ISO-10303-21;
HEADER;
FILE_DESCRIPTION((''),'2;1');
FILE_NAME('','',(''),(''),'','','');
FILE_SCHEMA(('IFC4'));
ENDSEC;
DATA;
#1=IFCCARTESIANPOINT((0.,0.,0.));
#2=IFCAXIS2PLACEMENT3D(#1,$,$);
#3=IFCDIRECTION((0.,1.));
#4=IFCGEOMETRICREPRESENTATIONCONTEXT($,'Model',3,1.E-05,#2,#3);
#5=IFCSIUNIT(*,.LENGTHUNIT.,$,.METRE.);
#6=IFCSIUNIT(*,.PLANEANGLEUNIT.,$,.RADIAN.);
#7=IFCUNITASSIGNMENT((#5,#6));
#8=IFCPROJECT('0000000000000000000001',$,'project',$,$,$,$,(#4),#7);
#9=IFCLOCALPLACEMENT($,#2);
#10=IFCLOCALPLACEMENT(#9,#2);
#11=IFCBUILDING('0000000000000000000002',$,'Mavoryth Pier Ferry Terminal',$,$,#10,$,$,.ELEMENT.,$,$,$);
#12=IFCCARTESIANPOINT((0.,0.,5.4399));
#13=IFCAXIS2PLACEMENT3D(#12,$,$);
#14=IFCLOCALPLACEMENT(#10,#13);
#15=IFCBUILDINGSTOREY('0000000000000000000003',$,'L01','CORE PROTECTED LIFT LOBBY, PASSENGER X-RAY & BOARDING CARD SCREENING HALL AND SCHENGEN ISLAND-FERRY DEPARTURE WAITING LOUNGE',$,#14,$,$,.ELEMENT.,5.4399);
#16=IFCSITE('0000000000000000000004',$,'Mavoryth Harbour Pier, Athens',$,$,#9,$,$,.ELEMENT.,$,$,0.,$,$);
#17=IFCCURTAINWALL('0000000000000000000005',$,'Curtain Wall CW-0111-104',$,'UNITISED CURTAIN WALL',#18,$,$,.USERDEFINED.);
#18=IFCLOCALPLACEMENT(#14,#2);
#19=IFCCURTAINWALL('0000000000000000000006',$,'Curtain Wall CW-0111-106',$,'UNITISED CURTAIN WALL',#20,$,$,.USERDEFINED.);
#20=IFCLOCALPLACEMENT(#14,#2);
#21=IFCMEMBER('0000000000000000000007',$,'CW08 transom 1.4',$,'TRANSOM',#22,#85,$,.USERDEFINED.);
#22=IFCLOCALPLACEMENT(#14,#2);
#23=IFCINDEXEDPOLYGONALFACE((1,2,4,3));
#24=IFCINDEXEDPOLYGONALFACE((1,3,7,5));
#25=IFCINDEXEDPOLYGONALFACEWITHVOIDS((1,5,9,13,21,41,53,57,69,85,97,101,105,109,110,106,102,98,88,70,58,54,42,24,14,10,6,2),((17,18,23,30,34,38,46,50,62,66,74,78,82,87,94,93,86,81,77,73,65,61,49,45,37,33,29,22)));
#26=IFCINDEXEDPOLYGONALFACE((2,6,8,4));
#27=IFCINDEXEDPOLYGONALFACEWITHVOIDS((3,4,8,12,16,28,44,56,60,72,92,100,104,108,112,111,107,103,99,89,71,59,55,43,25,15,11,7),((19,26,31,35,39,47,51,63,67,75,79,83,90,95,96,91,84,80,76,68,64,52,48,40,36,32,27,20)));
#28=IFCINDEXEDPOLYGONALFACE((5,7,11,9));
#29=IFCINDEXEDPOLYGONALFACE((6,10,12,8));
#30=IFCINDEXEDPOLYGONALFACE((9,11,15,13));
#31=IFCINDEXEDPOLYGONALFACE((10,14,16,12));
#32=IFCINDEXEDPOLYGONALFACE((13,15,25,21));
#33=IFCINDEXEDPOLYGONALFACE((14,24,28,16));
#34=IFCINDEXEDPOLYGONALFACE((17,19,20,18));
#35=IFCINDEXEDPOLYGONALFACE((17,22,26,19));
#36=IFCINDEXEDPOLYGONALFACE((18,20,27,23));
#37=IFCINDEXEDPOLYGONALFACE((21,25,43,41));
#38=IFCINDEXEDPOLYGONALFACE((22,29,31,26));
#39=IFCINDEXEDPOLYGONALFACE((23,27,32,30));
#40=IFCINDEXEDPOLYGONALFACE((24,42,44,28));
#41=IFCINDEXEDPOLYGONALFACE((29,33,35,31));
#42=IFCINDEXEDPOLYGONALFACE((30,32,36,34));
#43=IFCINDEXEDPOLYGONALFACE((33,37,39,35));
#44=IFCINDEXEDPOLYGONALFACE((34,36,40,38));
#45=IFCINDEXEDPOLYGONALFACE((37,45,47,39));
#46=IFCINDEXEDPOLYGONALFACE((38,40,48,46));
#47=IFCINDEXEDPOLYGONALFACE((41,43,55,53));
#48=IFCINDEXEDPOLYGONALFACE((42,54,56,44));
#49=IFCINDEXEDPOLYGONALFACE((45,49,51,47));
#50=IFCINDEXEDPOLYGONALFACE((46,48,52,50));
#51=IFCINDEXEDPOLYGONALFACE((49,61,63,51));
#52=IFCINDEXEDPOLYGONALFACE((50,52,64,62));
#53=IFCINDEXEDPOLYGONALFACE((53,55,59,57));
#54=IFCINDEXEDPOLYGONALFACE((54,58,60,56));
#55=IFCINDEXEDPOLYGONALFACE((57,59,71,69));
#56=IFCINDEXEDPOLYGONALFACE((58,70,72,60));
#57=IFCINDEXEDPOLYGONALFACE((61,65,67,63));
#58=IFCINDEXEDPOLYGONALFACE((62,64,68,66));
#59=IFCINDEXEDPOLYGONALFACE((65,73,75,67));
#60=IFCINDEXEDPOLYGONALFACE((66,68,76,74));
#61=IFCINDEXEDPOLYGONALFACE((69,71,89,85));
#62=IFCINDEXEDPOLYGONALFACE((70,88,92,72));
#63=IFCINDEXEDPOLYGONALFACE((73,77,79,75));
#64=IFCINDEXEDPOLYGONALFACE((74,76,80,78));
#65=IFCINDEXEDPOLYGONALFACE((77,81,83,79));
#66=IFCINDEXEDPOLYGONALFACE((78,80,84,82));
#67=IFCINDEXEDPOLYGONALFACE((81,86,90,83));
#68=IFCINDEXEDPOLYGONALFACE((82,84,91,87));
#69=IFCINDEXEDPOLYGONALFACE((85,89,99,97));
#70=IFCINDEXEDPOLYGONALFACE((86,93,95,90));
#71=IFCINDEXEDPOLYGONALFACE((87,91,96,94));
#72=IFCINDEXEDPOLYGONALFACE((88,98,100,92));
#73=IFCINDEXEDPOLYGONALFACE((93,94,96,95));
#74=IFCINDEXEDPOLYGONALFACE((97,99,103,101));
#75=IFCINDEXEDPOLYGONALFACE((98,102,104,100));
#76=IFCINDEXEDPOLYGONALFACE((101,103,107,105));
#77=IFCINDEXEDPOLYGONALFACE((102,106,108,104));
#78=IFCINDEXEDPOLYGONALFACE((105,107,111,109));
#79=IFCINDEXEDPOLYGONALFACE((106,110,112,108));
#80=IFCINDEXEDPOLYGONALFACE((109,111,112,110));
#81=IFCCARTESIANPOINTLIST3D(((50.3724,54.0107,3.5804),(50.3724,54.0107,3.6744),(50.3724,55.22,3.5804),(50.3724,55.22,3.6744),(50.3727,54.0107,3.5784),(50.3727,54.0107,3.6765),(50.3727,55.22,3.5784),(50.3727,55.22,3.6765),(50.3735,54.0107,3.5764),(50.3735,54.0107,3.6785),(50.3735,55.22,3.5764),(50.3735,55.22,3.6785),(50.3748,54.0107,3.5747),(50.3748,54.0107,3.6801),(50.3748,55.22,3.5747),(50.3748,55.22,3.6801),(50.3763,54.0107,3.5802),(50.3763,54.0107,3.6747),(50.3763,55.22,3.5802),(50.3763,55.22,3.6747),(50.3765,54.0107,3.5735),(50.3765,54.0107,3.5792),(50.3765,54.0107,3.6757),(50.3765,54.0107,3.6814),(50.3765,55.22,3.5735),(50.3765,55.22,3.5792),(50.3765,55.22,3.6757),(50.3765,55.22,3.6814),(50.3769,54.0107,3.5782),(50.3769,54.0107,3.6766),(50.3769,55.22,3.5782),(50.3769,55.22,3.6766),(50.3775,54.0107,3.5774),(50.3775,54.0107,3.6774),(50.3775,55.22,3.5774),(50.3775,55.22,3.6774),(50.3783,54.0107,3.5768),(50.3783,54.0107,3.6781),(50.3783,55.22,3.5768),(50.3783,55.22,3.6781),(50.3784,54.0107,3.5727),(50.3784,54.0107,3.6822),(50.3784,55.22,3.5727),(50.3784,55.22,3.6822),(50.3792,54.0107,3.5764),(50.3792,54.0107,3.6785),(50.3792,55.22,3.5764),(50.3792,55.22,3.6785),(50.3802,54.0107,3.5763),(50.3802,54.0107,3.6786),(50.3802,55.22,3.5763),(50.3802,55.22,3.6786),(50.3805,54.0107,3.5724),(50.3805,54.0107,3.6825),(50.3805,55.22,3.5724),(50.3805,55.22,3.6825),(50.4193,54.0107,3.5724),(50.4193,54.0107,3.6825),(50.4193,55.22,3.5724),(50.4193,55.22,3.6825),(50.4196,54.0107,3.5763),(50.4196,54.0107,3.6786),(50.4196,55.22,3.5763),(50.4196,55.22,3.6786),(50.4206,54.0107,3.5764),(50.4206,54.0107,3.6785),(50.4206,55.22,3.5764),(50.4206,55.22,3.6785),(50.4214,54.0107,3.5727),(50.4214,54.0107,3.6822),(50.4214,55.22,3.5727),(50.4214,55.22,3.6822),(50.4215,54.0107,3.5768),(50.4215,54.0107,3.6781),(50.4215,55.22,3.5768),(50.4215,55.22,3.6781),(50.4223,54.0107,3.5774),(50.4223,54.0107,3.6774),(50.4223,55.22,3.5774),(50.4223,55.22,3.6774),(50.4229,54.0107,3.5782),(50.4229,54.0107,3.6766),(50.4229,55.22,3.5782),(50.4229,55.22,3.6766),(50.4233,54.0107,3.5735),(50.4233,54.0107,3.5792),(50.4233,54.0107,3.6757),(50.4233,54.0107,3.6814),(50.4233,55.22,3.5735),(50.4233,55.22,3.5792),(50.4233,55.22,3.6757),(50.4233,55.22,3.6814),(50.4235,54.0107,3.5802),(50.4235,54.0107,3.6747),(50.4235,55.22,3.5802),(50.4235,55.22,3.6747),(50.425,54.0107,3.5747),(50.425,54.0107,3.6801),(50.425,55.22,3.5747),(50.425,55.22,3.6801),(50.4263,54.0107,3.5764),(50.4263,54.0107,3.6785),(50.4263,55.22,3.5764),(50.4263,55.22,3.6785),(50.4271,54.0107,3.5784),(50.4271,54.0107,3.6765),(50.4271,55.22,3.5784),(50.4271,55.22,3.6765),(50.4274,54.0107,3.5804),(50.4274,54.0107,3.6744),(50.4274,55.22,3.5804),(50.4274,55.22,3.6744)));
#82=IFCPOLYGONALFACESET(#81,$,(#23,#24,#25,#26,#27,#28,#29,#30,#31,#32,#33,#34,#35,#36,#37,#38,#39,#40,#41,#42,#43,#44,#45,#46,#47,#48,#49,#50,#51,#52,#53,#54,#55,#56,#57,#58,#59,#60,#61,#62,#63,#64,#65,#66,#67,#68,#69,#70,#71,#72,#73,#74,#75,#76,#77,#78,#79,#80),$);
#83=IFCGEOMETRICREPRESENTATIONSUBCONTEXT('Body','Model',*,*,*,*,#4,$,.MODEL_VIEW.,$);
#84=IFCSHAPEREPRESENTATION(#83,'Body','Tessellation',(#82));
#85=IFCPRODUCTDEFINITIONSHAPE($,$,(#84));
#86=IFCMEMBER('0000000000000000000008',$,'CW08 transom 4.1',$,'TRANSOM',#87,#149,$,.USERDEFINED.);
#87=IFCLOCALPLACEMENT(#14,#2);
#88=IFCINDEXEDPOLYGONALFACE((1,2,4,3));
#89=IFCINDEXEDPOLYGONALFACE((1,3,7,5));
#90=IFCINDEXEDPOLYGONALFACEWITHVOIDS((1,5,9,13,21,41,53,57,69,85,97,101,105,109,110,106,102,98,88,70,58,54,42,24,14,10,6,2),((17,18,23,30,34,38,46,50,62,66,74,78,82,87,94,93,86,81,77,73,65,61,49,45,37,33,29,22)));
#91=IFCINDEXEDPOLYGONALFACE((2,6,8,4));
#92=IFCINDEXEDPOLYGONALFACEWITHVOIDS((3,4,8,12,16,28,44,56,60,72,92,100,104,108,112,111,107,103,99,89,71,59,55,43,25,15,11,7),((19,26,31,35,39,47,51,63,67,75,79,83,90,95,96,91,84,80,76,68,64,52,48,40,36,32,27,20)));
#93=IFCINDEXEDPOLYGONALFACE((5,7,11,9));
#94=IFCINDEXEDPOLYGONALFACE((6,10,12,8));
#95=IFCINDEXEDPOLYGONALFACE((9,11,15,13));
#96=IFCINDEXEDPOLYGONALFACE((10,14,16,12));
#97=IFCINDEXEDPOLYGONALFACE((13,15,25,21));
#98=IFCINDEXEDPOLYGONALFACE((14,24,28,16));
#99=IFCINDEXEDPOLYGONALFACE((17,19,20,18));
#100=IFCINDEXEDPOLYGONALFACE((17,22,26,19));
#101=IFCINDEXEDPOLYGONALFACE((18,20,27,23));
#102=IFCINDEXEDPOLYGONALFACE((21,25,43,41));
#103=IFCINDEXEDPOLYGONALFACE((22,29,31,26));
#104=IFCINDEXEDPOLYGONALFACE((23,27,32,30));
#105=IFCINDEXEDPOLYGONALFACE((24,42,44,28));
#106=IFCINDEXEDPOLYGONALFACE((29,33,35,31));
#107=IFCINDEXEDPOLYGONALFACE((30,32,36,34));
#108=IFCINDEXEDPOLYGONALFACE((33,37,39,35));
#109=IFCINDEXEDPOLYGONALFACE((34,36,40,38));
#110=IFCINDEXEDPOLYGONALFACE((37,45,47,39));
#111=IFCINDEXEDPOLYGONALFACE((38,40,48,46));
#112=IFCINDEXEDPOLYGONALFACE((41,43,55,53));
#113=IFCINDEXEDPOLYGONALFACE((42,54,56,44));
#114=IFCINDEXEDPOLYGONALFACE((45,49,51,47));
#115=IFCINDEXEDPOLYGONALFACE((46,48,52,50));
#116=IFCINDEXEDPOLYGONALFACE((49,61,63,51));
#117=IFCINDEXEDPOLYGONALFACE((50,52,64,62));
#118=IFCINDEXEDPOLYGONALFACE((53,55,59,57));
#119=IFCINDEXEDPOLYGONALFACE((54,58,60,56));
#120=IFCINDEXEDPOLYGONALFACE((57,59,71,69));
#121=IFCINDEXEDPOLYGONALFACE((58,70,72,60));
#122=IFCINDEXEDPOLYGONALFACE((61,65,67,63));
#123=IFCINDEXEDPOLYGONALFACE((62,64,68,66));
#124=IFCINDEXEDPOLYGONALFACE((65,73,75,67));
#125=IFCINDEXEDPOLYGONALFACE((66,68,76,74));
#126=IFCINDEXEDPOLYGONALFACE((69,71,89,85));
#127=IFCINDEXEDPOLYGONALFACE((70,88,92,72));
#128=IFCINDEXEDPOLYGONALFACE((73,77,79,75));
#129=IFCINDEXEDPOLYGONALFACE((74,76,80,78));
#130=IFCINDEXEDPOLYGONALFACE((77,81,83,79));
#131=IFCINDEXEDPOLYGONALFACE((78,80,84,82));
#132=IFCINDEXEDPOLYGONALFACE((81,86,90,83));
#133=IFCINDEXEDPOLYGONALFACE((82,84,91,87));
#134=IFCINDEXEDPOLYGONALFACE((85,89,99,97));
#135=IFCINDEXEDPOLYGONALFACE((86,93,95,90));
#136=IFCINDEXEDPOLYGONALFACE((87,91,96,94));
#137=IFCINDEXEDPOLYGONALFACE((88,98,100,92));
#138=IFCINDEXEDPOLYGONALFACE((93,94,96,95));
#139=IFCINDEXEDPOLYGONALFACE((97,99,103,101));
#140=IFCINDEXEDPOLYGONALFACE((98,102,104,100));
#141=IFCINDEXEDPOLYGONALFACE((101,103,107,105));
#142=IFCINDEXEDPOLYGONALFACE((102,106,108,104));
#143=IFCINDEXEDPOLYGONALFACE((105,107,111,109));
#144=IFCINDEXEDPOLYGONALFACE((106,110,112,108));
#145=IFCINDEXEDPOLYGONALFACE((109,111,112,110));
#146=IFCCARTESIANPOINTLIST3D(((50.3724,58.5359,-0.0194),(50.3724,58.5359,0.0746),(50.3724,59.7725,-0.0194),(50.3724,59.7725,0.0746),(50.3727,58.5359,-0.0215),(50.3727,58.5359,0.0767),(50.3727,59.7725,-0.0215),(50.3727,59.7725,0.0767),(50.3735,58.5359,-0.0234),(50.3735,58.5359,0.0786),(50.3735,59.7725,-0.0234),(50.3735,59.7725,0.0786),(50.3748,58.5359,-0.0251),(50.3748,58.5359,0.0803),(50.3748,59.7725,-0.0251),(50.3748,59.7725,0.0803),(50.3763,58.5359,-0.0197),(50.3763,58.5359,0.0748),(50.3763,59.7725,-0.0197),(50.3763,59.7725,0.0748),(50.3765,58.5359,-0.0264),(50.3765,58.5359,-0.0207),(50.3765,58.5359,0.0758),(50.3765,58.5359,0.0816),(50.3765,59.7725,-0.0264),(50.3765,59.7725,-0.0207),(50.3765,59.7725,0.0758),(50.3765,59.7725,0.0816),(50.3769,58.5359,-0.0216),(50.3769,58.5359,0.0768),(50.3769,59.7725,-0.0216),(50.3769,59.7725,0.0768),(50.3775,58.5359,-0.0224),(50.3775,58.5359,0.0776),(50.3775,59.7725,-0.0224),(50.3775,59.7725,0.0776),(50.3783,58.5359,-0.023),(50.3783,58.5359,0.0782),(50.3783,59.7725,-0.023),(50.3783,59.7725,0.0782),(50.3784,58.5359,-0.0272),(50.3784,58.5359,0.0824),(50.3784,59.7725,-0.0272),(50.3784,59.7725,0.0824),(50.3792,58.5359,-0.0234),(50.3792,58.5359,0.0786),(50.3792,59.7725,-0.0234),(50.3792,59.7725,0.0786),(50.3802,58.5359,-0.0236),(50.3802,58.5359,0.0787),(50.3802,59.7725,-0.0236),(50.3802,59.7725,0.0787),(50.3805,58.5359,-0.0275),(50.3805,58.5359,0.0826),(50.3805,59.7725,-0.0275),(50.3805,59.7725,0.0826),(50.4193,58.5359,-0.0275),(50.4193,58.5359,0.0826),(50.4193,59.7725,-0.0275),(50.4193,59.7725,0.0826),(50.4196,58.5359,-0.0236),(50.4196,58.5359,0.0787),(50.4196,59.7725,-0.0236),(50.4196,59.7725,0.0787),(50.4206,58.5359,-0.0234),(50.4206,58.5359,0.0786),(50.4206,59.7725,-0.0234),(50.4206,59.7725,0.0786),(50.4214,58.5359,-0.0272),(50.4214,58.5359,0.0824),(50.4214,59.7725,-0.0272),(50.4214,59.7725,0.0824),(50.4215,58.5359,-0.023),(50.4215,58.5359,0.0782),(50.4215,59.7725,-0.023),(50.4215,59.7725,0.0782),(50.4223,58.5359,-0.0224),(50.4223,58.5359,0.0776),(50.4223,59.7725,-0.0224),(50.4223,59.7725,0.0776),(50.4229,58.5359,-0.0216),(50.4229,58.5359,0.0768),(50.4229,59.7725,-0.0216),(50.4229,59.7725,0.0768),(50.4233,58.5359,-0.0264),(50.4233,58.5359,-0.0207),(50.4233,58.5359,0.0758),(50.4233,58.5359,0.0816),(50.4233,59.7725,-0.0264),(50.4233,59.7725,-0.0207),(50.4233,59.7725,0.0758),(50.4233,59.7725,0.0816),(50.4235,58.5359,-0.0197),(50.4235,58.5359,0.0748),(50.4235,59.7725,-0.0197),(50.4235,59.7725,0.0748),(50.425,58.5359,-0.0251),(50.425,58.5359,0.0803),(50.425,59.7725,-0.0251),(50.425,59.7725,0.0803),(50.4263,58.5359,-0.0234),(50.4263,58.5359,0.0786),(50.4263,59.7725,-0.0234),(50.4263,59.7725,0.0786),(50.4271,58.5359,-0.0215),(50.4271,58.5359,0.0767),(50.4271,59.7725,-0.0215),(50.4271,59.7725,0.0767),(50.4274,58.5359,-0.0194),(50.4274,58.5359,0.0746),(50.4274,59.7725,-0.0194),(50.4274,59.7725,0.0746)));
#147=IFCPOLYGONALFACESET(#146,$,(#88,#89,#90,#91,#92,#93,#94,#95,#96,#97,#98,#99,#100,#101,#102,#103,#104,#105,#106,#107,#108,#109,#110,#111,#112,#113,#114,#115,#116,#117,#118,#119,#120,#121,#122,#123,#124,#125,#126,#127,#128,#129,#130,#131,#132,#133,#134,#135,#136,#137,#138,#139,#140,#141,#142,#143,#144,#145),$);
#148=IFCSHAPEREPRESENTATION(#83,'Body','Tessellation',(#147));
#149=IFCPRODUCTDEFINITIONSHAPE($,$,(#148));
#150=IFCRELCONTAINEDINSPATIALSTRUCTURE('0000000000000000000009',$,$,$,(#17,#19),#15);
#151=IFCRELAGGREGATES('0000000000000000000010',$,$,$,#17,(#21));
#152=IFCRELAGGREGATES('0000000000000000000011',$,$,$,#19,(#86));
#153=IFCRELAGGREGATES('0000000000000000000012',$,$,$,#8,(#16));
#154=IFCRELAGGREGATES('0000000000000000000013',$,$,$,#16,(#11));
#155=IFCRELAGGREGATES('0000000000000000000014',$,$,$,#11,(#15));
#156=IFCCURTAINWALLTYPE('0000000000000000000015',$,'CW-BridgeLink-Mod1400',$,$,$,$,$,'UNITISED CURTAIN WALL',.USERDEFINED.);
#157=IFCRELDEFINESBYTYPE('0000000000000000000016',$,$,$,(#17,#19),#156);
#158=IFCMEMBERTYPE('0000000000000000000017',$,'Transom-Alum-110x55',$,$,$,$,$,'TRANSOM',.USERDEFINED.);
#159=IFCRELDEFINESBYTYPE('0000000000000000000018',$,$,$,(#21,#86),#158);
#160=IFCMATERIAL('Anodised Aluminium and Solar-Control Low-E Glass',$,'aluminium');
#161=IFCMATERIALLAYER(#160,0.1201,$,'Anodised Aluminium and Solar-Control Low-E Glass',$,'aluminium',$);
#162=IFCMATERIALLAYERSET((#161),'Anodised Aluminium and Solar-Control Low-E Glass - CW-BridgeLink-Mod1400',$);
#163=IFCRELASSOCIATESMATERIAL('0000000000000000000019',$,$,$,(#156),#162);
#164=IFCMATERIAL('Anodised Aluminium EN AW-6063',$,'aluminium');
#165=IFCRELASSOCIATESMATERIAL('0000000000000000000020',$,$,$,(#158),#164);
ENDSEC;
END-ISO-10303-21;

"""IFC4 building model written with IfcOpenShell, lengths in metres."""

from ifc_helpers import new_model, si_unit, direction, frame, origin, origin_2d, place, context, subcontext, project, spatial, hollow_rectangle, extrude, material, layer, layer_set, material_profile, profile_set, type_object, element, aggregate, save


model = new_model("IFC4")

# Units and contexts
model_context = context("Model", 3, precision=1e-05, world=origin(), true_north=direction((0.0, 1.0)))
body_context = subcontext(model_context, "Body", "Model", "MODEL_VIEW")
ifc_project = project(units=[si_unit("LENGTHUNIT", "METRE"), si_unit("PLANEANGLEUNIT", "RADIAN")], contexts=[model_context])

# Site, building, storey
site_placement = place(None, origin())
site = spatial("IfcSite", under=ifc_project, at=site_placement, Name="Mavoryth Harbour Pier, Athens", CompositionType="ELEMENT", RefElevation=0.0)
building_placement = place(site_placement, origin())
building = spatial("IfcBuilding", under=site, at=building_placement, Name="Mavoryth Pier Ferry Terminal", CompositionType="ELEMENT")
storey_placement = place(building_placement, frame((0.0, 0.0, 5.4399)))
storey = spatial("IfcBuildingStorey", under=building, at=storey_placement, Name="L01", Description="CORE PROTECTED LIFT LOBBY, PASSENGER X-RAY & BOARDING CARD SCREENING HALL AND SCHENGEN ISLAND-FERRY DEPARTURE WAITING LOUNGE", CompositionType="ELEMENT", Elevation=5.4399)

# Curtain wall
ifc_material_1 = material(Name="Anodised Aluminium and Solar-Control Low-E Glass", Category="aluminium")
ifc_layer_1 = layer(ifc_material_1, 0.1201, Name="Anodised Aluminium and Solar-Control Low-E Glass", Category="aluminium")
ifc_layer_set_1 = layer_set([ifc_layer_1], Name="Anodised Aluminium and Solar-Control Low-E Glass - CW-BridgeLink-Mod1400")
curtain_wall_type = type_object("IfcCurtainWallType", Name="CW-BridgeLink-Mod1400", ElementType="UNITISED CURTAIN WALL", PredefinedType="USERDEFINED", material=ifc_layer_set_1)
curtain_wall_1_placement = place(storey_placement, origin())
curtain_wall_1 = element("IfcCurtainWall", 1, at=curtain_wall_1_placement, inside=storey, type_object=curtain_wall_type, Name="Curtain Wall CW-0111-104", ObjectType="UNITISED CURTAIN WALL", PredefinedType="USERDEFINED")
ifc_material_2 = material(Name="Anodised Aluminium EN AW-6063", Category="aluminium")

# Curtain wall
curtain_wall_2_placement = place(storey_placement, origin())
curtain_wall_2 = element("IfcCurtainWall", 2, at=curtain_wall_2_placement, inside=storey, type_object=curtain_wall_type, Name="Curtain Wall CW-0111-106", ObjectType="UNITISED CURTAIN WALL", PredefinedType="USERDEFINED")

# Members
ifc_material_profile_1 = material_profile(ifc_material_2, hollow_rectangle(XDim=0.0549, YDim=0.1101, WallThickness=0.0039, InnerFilletRadius=0.0039, OuterFilletRadius=0.0081, at=origin_2d()), Name="AL-TRAN 110x55x4", Category="aluminium")
ifc_profile_set_1 = profile_set([ifc_material_profile_1], Name="Anodised Aluminium EN AW-6063 - AL-TRAN 110x55x4")
member_type_1 = type_object("IfcMemberType", Name="Transom-Alum-110x55", ElementType="TRANSOM", PredefinedType="USERDEFINED", material=ifc_profile_set_1)
member_1_placement = place(storey_placement, frame((50.3999, 55.22, 3.6274), z_axis=(0.0, -1.0, 0.0), x_axis=(1.0, 0.0, 0.0)))
member_1 = element("IfcMember", 3, at=member_1_placement, type_object=member_type_1, Name="CW08 transom 1.4", ObjectType="TRANSOM", PredefinedType="USERDEFINED", context=body_context, shape_type="SweptSolid", body=[
    extrude(hollow_rectangle(XDim=0.0549, YDim=0.1101, WallThickness=0.0039, InnerFilletRadius=0.0039, OuterFilletRadius=0.0081, at=origin_2d()), origin(), (0.0, 0.0, 1.0), 1.2092),
])
member_2_placement = place(storey_placement, frame((50.3999, 59.7725, 0.0276), z_axis=(0.0, -1.0, 0.0), x_axis=(1.0, 0.0, 0.0)))
member_2 = element("IfcMember", 4, at=member_2_placement, type_object=member_type_1, Name="CW08 transom 4.1", ObjectType="TRANSOM", PredefinedType="USERDEFINED", context=body_context, shape_type="SweptSolid", body=[
    extrude(hollow_rectangle(XDim=0.0549, YDim=0.1101, WallThickness=0.0039, InnerFilletRadius=0.0039, OuterFilletRadius=0.0081, at=origin_2d()), origin(), (0.0, 0.0, 1.0), 1.2366),
])

aggregate(curtain_wall_1, [member_1])
aggregate(curtain_wall_2, [member_2])

save(model, "model.ifc")
